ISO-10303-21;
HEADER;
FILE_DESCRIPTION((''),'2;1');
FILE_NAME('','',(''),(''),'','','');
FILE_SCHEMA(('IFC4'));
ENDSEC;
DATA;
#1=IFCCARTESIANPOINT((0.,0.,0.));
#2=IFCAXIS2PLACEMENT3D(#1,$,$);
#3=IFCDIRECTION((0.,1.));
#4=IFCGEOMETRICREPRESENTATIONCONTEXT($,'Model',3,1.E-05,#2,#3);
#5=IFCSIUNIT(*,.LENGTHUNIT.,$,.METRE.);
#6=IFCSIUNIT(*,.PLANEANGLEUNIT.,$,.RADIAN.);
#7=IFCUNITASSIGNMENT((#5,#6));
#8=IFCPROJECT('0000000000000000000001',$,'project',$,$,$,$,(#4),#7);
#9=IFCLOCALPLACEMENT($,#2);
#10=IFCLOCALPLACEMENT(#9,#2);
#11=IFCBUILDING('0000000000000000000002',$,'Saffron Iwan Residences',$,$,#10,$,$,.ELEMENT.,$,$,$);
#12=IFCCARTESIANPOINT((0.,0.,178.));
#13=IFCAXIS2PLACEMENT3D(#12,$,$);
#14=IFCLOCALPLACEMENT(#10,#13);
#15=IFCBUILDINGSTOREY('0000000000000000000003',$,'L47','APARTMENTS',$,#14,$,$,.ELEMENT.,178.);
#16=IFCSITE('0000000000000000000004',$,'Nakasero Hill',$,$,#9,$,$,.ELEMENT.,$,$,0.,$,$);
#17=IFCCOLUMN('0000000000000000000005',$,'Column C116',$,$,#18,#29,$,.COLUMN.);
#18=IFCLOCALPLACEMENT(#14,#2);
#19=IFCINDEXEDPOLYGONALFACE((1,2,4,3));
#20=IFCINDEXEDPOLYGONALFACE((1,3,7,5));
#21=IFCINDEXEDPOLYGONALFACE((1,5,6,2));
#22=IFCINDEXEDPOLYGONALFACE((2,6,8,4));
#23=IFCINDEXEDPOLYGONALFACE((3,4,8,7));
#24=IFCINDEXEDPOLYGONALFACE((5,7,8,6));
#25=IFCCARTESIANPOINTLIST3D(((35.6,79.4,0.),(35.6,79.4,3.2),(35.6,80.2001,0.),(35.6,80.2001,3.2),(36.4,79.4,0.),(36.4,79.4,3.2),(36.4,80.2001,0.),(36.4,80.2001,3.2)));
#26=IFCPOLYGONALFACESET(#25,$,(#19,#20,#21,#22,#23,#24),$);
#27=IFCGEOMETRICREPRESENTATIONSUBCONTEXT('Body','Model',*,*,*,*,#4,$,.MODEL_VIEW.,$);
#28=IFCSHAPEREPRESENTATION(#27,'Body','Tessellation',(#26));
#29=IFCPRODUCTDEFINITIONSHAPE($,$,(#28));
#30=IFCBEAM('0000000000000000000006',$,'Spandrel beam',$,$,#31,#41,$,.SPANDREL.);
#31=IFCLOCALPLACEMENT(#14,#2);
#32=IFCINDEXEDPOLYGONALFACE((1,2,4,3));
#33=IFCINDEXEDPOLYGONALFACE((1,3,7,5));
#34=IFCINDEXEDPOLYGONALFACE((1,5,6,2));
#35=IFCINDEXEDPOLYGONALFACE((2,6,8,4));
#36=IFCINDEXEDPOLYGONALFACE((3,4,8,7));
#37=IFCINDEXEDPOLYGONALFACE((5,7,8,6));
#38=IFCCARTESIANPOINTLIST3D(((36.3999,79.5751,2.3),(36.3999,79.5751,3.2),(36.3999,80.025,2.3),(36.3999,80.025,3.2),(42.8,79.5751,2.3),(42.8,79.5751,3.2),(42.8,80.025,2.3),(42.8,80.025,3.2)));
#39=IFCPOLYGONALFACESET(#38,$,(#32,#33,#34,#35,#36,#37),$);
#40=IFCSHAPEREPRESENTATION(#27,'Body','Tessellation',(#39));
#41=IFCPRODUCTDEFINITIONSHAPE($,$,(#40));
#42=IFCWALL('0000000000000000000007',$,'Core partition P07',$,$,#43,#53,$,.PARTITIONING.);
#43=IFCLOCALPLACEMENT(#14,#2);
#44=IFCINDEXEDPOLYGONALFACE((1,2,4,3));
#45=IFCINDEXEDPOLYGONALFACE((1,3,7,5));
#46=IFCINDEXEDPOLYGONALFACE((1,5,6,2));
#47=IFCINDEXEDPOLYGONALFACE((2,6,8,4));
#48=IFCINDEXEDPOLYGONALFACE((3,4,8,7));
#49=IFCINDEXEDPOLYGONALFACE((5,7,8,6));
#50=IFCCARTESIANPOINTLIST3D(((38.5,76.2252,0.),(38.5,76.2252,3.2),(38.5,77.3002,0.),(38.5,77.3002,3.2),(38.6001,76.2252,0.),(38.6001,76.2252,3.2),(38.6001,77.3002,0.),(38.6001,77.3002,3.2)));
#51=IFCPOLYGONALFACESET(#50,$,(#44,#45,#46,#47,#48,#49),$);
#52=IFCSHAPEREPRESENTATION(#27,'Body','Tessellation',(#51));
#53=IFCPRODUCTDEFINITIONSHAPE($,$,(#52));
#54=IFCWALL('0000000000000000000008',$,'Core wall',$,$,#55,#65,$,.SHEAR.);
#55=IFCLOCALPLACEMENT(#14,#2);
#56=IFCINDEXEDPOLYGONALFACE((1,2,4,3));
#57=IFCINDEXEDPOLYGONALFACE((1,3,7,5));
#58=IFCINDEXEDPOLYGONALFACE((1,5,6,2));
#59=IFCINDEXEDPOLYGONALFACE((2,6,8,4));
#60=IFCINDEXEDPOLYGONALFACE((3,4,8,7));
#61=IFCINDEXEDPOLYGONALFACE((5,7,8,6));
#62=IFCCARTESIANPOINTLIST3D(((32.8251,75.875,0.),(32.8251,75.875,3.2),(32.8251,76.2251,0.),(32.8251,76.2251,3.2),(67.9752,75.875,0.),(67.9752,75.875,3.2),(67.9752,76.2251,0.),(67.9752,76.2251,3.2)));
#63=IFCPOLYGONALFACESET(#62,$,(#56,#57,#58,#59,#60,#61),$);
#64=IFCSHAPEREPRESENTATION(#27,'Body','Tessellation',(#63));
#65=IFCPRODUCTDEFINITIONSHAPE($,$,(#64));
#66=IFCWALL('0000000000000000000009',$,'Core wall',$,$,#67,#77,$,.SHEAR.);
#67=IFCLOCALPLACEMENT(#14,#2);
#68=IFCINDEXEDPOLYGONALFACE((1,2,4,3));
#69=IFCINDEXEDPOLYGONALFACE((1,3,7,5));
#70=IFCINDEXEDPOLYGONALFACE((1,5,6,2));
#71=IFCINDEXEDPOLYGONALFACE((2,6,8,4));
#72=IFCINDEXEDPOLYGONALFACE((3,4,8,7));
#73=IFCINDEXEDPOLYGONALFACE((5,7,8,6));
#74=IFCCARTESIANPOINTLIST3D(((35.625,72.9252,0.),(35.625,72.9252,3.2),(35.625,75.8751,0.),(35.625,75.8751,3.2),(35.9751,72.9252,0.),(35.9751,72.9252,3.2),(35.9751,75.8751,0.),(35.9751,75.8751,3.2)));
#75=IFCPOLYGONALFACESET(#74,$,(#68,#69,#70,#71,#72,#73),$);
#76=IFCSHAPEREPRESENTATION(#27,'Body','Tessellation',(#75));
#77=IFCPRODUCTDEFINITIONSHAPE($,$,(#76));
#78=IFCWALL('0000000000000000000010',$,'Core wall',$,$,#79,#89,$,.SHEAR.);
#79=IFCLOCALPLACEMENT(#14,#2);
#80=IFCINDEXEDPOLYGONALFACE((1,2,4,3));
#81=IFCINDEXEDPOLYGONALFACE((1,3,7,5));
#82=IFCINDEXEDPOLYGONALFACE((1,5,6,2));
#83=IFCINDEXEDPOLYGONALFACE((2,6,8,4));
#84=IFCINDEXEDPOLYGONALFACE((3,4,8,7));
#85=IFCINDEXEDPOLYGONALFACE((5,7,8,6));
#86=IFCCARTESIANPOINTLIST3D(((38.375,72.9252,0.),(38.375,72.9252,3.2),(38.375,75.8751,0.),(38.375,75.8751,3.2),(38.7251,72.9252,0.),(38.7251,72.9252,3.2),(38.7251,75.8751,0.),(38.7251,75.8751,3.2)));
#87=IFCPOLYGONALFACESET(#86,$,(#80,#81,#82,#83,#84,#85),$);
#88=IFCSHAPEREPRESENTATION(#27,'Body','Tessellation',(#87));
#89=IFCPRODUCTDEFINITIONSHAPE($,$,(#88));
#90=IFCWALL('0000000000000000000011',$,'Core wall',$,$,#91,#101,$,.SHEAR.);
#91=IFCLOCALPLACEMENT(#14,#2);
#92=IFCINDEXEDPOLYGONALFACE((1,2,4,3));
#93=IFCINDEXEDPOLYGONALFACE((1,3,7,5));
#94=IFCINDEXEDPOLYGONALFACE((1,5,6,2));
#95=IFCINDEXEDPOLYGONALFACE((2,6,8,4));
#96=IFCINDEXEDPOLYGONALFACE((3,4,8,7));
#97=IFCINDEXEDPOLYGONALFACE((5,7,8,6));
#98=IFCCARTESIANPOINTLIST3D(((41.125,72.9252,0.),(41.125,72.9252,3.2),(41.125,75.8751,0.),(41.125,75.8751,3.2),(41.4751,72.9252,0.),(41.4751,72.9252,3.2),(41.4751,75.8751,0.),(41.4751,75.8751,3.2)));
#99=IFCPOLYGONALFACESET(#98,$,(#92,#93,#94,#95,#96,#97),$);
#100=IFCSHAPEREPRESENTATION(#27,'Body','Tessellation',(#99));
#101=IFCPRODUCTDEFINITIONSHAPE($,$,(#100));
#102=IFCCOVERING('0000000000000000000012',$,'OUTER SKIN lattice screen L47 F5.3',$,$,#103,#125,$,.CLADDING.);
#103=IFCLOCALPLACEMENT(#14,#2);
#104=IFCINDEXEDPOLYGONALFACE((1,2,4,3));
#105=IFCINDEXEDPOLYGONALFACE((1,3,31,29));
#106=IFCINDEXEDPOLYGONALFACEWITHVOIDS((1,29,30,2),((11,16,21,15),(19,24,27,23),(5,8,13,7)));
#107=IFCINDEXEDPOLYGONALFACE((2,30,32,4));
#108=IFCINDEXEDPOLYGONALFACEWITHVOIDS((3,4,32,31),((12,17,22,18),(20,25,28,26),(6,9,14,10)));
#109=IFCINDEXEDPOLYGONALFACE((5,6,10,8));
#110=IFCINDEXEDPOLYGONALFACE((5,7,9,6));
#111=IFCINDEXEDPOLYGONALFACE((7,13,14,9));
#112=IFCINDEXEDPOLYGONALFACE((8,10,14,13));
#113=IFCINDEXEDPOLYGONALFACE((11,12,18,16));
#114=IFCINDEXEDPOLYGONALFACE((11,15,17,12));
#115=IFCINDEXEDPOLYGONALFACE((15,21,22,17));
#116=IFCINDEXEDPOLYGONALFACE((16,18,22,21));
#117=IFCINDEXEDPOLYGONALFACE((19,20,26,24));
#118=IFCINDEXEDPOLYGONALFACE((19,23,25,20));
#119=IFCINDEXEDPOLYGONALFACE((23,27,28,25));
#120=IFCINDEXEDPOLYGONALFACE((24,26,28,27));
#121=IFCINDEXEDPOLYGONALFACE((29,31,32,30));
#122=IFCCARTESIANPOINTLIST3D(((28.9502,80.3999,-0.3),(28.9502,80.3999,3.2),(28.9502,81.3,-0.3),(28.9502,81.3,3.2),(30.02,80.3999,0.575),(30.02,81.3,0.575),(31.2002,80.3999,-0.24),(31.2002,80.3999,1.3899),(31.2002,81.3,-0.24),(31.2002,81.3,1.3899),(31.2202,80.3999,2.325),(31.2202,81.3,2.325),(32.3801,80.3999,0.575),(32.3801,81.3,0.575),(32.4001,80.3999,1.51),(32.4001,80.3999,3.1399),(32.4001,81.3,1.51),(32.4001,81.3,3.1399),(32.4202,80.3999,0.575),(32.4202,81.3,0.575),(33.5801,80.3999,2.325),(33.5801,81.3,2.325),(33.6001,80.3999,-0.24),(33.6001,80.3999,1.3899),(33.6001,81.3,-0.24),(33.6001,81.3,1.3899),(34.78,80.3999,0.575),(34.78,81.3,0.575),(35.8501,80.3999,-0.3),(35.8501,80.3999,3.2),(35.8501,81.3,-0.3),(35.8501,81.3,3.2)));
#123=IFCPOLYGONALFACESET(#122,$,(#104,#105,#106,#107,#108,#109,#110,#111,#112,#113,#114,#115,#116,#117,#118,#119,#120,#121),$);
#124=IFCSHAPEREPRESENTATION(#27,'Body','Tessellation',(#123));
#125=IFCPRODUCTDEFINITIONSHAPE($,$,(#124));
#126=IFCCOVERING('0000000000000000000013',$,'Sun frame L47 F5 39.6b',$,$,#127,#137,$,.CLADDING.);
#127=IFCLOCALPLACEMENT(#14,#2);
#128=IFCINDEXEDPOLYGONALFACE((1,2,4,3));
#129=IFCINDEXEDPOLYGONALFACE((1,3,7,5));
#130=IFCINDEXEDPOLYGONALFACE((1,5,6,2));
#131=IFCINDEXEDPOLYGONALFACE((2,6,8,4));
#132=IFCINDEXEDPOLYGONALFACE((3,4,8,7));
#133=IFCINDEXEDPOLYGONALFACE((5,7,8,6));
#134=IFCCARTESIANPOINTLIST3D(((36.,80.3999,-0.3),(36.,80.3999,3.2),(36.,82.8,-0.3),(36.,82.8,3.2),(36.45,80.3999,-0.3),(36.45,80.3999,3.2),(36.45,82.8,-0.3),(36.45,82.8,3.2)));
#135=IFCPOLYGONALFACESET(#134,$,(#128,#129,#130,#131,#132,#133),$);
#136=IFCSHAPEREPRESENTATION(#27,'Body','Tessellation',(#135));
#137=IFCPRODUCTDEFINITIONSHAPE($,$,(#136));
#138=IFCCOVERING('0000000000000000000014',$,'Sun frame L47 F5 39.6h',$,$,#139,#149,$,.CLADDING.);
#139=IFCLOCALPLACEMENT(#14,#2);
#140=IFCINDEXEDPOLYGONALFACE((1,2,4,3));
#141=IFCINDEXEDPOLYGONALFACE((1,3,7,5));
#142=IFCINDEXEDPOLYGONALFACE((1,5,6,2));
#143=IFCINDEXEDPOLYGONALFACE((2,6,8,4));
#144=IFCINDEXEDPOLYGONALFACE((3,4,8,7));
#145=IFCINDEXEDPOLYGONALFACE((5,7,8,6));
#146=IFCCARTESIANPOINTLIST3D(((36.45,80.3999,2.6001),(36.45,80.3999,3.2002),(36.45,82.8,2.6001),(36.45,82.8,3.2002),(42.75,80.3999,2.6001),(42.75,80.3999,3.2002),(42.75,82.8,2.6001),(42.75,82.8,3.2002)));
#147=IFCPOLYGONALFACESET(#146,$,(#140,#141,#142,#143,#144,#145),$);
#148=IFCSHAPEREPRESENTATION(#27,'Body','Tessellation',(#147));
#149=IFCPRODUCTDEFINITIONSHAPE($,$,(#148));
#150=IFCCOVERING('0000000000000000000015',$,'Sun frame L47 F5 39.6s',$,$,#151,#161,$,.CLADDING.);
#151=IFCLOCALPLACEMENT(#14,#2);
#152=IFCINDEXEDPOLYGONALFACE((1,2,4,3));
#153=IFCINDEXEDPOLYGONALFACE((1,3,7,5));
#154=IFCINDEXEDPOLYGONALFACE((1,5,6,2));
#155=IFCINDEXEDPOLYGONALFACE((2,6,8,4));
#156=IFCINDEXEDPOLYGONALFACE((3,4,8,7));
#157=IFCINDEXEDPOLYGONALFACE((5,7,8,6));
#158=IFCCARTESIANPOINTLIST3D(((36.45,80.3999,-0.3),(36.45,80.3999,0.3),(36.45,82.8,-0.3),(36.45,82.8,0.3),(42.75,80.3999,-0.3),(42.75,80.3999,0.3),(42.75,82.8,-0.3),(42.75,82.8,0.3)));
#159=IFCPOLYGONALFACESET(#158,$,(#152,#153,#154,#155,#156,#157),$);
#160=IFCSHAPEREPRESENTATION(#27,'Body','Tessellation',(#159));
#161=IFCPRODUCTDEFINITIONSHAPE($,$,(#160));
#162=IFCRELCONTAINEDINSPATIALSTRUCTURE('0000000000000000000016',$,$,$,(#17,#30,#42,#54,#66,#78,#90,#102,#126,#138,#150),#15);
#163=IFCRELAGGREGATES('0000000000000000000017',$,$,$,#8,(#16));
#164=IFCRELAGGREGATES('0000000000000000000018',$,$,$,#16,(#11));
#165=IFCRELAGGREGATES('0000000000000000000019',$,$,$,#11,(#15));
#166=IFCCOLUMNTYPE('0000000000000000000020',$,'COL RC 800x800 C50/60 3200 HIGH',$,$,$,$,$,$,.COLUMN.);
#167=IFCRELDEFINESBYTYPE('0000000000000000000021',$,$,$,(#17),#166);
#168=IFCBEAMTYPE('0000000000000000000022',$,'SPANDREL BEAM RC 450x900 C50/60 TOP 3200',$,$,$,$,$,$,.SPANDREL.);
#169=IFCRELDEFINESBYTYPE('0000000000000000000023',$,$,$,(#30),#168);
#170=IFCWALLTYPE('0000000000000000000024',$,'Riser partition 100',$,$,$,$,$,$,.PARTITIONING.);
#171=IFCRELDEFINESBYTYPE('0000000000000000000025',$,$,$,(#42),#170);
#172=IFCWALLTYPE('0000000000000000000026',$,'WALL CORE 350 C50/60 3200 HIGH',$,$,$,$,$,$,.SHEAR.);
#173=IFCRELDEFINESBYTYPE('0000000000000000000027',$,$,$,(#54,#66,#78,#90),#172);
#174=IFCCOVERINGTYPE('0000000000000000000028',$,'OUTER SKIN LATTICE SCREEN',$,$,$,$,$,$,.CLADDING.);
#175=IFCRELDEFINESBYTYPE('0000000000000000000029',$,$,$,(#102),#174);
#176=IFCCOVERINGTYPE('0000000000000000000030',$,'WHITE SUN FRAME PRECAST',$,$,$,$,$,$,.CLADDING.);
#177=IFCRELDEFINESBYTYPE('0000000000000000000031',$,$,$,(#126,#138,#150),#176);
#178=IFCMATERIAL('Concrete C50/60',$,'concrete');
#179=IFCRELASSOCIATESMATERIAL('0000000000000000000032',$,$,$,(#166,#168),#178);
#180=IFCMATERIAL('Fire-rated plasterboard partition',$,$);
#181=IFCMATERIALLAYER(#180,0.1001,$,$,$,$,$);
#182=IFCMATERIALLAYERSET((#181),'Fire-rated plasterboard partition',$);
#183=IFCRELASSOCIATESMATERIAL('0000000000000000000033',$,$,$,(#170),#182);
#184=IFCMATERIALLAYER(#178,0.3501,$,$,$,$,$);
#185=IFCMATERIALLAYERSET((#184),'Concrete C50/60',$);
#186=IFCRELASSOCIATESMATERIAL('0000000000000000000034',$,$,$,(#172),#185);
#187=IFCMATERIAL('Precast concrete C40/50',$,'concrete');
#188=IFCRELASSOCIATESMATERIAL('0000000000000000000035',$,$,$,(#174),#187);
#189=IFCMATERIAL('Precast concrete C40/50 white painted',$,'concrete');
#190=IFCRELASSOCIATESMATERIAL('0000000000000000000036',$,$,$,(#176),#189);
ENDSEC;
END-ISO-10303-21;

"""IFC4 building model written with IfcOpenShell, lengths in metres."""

from ifc_helpers import new_model, si_unit, direction, frame, frame_2d, origin, origin_2d, place, context, subcontext, project, spatial, polyline, rectangle, outline, extrude, source, transform, mapped, material, layer, layer_set, material_profile, profile_set, type_object, element, save


model = new_model("IFC4")

# Units and contexts
model_context = context("Model", 3, precision=1e-05, world=origin(), true_north=direction((0.0, 1.0)))
body_context = subcontext(model_context, "Body", "Model", "MODEL_VIEW")
ifc_project = project(units=[si_unit("LENGTHUNIT", "METRE"), si_unit("PLANEANGLEUNIT", "RADIAN")], contexts=[model_context])

# Site, building, storey
site_placement = place(None, origin())
site = spatial("IfcSite", under=ifc_project, at=site_placement, Name="Nakasero Hill", CompositionType="ELEMENT", RefElevation=0.0)
building_placement = place(site_placement, origin())
building = spatial("IfcBuilding", under=site, at=building_placement, Name="Saffron Iwan Residences", CompositionType="ELEMENT")
storey_placement = place(building_placement, frame((0.0, 0.0, 178.0)))
storey = spatial("IfcBuildingStorey", under=building, at=storey_placement, Name="L47", Description="APARTMENTS", CompositionType="ELEMENT", Elevation=178.0)

# Column
ifc_material_1 = material(Name="Concrete C50/60", Category="concrete")
ifc_material_profile_1 = material_profile(ifc_material_1, rectangle(XDim=0.8, YDim=0.8, at=origin_2d()), Name="RC 800x800")
ifc_profile_set_1 = profile_set([ifc_material_profile_1], Name="Concrete C50/60")
column_type = type_object("IfcColumnType", Name="COL RC 800x800 C50/60 3200 HIGH", PredefinedType="COLUMN", material=ifc_profile_set_1)
shared_shape_1 = source(origin(), body_context, "Body", "SweptSolid", [
    extrude(rectangle(XDim=0.8, YDim=0.8, at=origin_2d()), origin(), (0.0, 0.0, 1.0), 3.2),
])
column_placement = place(storey_placement, frame((36.0, 79.8, 0.0), z_axis=(0.0, 0.0, 1.0), x_axis=(1.0, 0.0, 0.0)))
element("IfcColumn", 1, at=column_placement, inside=storey, type_object=column_type, Name="Column C116", PredefinedType="COLUMN", context=body_context, shape_type="MappedRepresentation", body=[
    mapped(shared_shape_1, transform((0.0, 0.0, 0.0))),
])

# Beam
ifc_material_profile_2 = material_profile(ifc_material_1, rectangle(XDim=0.45, YDim=0.8999, at=origin_2d()), Name="RC 450x900")
ifc_profile_set_2 = profile_set([ifc_material_profile_2], Name="Concrete C50/60")
beam_type = type_object("IfcBeamType", Name="SPANDREL BEAM RC 450x900 C50/60 TOP 3200", PredefinedType="SPANDREL", material=ifc_profile_set_2)
shared_shape_2 = source(origin(), body_context, "Body", "SweptSolid", [
    extrude(rectangle(XDim=0.45, YDim=0.8999, at=origin_2d()), origin(), (0.0, 0.0, 1.0), 6.4001),
])
beam_placement = place(storey_placement, frame((36.3999, 79.8, 2.75), z_axis=(1.0, 0.0, 0.0), x_axis=(0.0, 1.0, 0.0)))
element("IfcBeam", 2, at=beam_placement, inside=storey, type_object=beam_type, Name="Spandrel beam", PredefinedType="SPANDREL", context=body_context, shape_type="MappedRepresentation", body=[
    mapped(shared_shape_2, transform((0.0, 0.0, 0.0))),
])

# Wall
ifc_material_2 = material(Name="Fire-rated plasterboard partition")
ifc_layer_1 = layer(ifc_material_2, 0.1001)
ifc_layer_set_1 = layer_set([ifc_layer_1], Name="Fire-rated plasterboard partition")
wall_type_1 = type_object("IfcWallType", Name="Riser partition 100", PredefinedType="PARTITIONING", material=ifc_layer_set_1)
wall_1_placement = place(storey_placement, frame((38.55, 76.2251, 0.0), z_axis=(0.0, 0.0, 1.0), x_axis=(0.0, 1.0, 0.0)))
element("IfcWall", 3, at=wall_1_placement, inside=storey, type_object=wall_type_1, Name="Core partition P07", PredefinedType="PARTITIONING", context=body_context, shape_type="SweptSolid", body=[
    extrude(rectangle(XDim=1.075, YDim=0.1001, at=frame_2d((0.5376, 0.0))), origin(), (0.0, 0.0, 1.0), 3.2),
])

# Shared definitions
ifc_layer_2 = layer(ifc_material_1, 0.3501)
ifc_layer_set_2 = layer_set([ifc_layer_2], Name="Concrete C50/60")
wall_type_2 = type_object("IfcWallType", Name="WALL CORE 350 C50/60 3200 HIGH", PredefinedType="SHEAR", material=ifc_layer_set_2)

# Walls
wall_2_placement = place(storey_placement, frame((32.825, 76.05, 0.0), z_axis=(0.0, 0.0, 1.0), x_axis=(1.0, 0.0, 0.0)))
element("IfcWall", 4, at=wall_2_placement, inside=storey, type_object=wall_type_2, Name="Core wall", PredefinedType="SHEAR", context=body_context, shape_type="SweptSolid", body=[
    extrude(rectangle(XDim=35.1501, YDim=0.3501, at=frame_2d((17.5752, 0.0))), origin(), (0.0, 0.0, 1.0), 3.2),
])
for number, where, z_axis, x_axis, name in (
    (5, (35.8, 72.925, 0.0), (0.0, 0.0, 1.0), (0.0, 1.0, 0.0), "Core wall"),
    (6, (38.55, 72.925, 0.0), (0.0, 0.0, 1.0), (0.0, 1.0, 0.0), "Core wall"),
    (7, (41.3, 72.925, 0.0), (0.0, 0.0, 1.0), (0.0, 1.0, 0.0), "Core wall"),
):
    element("IfcWall", number, at=place(storey_placement, frame(where, z_axis=z_axis, x_axis=x_axis)), inside=storey, type_object=wall_type_2, Name=name, PredefinedType="SHEAR", context=body_context, shape_type="SweptSolid", body=[
        extrude(rectangle(XDim=2.95, YDim=0.3501, at=frame_2d((1.4751, 0.0))), origin(), (0.0, 0.0, 1.0), 3.2),
    ])

# Coverings
ifc_material_3 = material(Name="Precast concrete C40/50", Category="concrete")
covering_type_1 = type_object("IfcCoveringType", Name="OUTER SKIN LATTICE SCREEN", PredefinedType="CLADDING", material=ifc_material_3)
covering_1_placement = place(storey_placement, frame((35.8501, 80.3999, -0.3), z_axis=(0.0, 1.0, 0.0), x_axis=(-1.0, 0.0, 0.0)))
element("IfcCovering", 8, at=covering_1_placement, inside=storey, type_object=covering_type_1, Name="OUTER SKIN lattice screen L47 F5.3", PredefinedType="CLADDING", context=body_context, shape_type="SweptSolid", body=[
    extrude(outline(polyline([(0.0, 0.0), (6.8999, 0.0), (6.8999, 3.5), (0.0, 3.5), (0.0, 0.0)]), holes=[polyline([(1.0701, 0.875), (2.25, 0.0601), (3.4299, 0.875), (2.25, 1.6899), (1.0701, 0.875)]), polyline([(3.47, 0.875), (4.6499, 0.0601), (5.8301, 0.875), (4.6499, 1.6899), (3.47, 0.875)]), polyline([(2.27, 2.625), (3.45, 1.8101), (4.6299, 2.625), (3.45, 3.4399), (2.27, 2.625)])]), origin(), (0.0, 0.0, 1.0), 0.9001),
])
ifc_material_4 = material(Name="Precast concrete C40/50 white painted", Category="concrete")
covering_type_2 = type_object("IfcCoveringType", Name="WHITE SUN FRAME PRECAST", PredefinedType="CLADDING", material=ifc_material_4)
covering_2_placement = place(storey_placement, frame((36.45, 80.3999, -0.3), z_axis=(0.0, 1.0, 0.0), x_axis=(-1.0, 0.0, 0.0)))
element("IfcCovering", 9, at=covering_2_placement, inside=storey, type_object=covering_type_2, Name="Sun frame L47 F5 39.6b", PredefinedType="CLADDING", context=body_context, shape_type="SweptSolid", body=[
    extrude(outline(polyline([(0.0, 0.0), (0.45, 0.0), (0.45, 3.5), (0.0, 3.5), (0.0, 0.0)])), origin(), (0.0, 0.0, 1.0), 2.4001),
])
for number, where, z_axis, x_axis, name in (
    (10, (42.75, 80.3999, 2.6001), (0.0, 1.0, 0.0), (-1.0, 0.0, 0.0), "Sun frame L47 F5 39.6h"),
    (11, (42.75, 80.3999, -0.3), (0.0, 1.0, 0.0), (-1.0, 0.0, 0.0), "Sun frame L47 F5 39.6s"),
):
    element("IfcCovering", number, at=place(storey_placement, frame(where, z_axis=z_axis, x_axis=x_axis)), inside=storey, type_object=covering_type_2, Name=name, PredefinedType="CLADDING", context=body_context, shape_type="SweptSolid", body=[
        extrude(outline(polyline([(0.0, 0.0), (6.3, 0.0), (6.3, 0.6001), (0.0, 0.6001), (0.0, 0.0)])), origin(), (0.0, 0.0, 1.0), 2.4001),
    ])

save(model, "model.ifc")
